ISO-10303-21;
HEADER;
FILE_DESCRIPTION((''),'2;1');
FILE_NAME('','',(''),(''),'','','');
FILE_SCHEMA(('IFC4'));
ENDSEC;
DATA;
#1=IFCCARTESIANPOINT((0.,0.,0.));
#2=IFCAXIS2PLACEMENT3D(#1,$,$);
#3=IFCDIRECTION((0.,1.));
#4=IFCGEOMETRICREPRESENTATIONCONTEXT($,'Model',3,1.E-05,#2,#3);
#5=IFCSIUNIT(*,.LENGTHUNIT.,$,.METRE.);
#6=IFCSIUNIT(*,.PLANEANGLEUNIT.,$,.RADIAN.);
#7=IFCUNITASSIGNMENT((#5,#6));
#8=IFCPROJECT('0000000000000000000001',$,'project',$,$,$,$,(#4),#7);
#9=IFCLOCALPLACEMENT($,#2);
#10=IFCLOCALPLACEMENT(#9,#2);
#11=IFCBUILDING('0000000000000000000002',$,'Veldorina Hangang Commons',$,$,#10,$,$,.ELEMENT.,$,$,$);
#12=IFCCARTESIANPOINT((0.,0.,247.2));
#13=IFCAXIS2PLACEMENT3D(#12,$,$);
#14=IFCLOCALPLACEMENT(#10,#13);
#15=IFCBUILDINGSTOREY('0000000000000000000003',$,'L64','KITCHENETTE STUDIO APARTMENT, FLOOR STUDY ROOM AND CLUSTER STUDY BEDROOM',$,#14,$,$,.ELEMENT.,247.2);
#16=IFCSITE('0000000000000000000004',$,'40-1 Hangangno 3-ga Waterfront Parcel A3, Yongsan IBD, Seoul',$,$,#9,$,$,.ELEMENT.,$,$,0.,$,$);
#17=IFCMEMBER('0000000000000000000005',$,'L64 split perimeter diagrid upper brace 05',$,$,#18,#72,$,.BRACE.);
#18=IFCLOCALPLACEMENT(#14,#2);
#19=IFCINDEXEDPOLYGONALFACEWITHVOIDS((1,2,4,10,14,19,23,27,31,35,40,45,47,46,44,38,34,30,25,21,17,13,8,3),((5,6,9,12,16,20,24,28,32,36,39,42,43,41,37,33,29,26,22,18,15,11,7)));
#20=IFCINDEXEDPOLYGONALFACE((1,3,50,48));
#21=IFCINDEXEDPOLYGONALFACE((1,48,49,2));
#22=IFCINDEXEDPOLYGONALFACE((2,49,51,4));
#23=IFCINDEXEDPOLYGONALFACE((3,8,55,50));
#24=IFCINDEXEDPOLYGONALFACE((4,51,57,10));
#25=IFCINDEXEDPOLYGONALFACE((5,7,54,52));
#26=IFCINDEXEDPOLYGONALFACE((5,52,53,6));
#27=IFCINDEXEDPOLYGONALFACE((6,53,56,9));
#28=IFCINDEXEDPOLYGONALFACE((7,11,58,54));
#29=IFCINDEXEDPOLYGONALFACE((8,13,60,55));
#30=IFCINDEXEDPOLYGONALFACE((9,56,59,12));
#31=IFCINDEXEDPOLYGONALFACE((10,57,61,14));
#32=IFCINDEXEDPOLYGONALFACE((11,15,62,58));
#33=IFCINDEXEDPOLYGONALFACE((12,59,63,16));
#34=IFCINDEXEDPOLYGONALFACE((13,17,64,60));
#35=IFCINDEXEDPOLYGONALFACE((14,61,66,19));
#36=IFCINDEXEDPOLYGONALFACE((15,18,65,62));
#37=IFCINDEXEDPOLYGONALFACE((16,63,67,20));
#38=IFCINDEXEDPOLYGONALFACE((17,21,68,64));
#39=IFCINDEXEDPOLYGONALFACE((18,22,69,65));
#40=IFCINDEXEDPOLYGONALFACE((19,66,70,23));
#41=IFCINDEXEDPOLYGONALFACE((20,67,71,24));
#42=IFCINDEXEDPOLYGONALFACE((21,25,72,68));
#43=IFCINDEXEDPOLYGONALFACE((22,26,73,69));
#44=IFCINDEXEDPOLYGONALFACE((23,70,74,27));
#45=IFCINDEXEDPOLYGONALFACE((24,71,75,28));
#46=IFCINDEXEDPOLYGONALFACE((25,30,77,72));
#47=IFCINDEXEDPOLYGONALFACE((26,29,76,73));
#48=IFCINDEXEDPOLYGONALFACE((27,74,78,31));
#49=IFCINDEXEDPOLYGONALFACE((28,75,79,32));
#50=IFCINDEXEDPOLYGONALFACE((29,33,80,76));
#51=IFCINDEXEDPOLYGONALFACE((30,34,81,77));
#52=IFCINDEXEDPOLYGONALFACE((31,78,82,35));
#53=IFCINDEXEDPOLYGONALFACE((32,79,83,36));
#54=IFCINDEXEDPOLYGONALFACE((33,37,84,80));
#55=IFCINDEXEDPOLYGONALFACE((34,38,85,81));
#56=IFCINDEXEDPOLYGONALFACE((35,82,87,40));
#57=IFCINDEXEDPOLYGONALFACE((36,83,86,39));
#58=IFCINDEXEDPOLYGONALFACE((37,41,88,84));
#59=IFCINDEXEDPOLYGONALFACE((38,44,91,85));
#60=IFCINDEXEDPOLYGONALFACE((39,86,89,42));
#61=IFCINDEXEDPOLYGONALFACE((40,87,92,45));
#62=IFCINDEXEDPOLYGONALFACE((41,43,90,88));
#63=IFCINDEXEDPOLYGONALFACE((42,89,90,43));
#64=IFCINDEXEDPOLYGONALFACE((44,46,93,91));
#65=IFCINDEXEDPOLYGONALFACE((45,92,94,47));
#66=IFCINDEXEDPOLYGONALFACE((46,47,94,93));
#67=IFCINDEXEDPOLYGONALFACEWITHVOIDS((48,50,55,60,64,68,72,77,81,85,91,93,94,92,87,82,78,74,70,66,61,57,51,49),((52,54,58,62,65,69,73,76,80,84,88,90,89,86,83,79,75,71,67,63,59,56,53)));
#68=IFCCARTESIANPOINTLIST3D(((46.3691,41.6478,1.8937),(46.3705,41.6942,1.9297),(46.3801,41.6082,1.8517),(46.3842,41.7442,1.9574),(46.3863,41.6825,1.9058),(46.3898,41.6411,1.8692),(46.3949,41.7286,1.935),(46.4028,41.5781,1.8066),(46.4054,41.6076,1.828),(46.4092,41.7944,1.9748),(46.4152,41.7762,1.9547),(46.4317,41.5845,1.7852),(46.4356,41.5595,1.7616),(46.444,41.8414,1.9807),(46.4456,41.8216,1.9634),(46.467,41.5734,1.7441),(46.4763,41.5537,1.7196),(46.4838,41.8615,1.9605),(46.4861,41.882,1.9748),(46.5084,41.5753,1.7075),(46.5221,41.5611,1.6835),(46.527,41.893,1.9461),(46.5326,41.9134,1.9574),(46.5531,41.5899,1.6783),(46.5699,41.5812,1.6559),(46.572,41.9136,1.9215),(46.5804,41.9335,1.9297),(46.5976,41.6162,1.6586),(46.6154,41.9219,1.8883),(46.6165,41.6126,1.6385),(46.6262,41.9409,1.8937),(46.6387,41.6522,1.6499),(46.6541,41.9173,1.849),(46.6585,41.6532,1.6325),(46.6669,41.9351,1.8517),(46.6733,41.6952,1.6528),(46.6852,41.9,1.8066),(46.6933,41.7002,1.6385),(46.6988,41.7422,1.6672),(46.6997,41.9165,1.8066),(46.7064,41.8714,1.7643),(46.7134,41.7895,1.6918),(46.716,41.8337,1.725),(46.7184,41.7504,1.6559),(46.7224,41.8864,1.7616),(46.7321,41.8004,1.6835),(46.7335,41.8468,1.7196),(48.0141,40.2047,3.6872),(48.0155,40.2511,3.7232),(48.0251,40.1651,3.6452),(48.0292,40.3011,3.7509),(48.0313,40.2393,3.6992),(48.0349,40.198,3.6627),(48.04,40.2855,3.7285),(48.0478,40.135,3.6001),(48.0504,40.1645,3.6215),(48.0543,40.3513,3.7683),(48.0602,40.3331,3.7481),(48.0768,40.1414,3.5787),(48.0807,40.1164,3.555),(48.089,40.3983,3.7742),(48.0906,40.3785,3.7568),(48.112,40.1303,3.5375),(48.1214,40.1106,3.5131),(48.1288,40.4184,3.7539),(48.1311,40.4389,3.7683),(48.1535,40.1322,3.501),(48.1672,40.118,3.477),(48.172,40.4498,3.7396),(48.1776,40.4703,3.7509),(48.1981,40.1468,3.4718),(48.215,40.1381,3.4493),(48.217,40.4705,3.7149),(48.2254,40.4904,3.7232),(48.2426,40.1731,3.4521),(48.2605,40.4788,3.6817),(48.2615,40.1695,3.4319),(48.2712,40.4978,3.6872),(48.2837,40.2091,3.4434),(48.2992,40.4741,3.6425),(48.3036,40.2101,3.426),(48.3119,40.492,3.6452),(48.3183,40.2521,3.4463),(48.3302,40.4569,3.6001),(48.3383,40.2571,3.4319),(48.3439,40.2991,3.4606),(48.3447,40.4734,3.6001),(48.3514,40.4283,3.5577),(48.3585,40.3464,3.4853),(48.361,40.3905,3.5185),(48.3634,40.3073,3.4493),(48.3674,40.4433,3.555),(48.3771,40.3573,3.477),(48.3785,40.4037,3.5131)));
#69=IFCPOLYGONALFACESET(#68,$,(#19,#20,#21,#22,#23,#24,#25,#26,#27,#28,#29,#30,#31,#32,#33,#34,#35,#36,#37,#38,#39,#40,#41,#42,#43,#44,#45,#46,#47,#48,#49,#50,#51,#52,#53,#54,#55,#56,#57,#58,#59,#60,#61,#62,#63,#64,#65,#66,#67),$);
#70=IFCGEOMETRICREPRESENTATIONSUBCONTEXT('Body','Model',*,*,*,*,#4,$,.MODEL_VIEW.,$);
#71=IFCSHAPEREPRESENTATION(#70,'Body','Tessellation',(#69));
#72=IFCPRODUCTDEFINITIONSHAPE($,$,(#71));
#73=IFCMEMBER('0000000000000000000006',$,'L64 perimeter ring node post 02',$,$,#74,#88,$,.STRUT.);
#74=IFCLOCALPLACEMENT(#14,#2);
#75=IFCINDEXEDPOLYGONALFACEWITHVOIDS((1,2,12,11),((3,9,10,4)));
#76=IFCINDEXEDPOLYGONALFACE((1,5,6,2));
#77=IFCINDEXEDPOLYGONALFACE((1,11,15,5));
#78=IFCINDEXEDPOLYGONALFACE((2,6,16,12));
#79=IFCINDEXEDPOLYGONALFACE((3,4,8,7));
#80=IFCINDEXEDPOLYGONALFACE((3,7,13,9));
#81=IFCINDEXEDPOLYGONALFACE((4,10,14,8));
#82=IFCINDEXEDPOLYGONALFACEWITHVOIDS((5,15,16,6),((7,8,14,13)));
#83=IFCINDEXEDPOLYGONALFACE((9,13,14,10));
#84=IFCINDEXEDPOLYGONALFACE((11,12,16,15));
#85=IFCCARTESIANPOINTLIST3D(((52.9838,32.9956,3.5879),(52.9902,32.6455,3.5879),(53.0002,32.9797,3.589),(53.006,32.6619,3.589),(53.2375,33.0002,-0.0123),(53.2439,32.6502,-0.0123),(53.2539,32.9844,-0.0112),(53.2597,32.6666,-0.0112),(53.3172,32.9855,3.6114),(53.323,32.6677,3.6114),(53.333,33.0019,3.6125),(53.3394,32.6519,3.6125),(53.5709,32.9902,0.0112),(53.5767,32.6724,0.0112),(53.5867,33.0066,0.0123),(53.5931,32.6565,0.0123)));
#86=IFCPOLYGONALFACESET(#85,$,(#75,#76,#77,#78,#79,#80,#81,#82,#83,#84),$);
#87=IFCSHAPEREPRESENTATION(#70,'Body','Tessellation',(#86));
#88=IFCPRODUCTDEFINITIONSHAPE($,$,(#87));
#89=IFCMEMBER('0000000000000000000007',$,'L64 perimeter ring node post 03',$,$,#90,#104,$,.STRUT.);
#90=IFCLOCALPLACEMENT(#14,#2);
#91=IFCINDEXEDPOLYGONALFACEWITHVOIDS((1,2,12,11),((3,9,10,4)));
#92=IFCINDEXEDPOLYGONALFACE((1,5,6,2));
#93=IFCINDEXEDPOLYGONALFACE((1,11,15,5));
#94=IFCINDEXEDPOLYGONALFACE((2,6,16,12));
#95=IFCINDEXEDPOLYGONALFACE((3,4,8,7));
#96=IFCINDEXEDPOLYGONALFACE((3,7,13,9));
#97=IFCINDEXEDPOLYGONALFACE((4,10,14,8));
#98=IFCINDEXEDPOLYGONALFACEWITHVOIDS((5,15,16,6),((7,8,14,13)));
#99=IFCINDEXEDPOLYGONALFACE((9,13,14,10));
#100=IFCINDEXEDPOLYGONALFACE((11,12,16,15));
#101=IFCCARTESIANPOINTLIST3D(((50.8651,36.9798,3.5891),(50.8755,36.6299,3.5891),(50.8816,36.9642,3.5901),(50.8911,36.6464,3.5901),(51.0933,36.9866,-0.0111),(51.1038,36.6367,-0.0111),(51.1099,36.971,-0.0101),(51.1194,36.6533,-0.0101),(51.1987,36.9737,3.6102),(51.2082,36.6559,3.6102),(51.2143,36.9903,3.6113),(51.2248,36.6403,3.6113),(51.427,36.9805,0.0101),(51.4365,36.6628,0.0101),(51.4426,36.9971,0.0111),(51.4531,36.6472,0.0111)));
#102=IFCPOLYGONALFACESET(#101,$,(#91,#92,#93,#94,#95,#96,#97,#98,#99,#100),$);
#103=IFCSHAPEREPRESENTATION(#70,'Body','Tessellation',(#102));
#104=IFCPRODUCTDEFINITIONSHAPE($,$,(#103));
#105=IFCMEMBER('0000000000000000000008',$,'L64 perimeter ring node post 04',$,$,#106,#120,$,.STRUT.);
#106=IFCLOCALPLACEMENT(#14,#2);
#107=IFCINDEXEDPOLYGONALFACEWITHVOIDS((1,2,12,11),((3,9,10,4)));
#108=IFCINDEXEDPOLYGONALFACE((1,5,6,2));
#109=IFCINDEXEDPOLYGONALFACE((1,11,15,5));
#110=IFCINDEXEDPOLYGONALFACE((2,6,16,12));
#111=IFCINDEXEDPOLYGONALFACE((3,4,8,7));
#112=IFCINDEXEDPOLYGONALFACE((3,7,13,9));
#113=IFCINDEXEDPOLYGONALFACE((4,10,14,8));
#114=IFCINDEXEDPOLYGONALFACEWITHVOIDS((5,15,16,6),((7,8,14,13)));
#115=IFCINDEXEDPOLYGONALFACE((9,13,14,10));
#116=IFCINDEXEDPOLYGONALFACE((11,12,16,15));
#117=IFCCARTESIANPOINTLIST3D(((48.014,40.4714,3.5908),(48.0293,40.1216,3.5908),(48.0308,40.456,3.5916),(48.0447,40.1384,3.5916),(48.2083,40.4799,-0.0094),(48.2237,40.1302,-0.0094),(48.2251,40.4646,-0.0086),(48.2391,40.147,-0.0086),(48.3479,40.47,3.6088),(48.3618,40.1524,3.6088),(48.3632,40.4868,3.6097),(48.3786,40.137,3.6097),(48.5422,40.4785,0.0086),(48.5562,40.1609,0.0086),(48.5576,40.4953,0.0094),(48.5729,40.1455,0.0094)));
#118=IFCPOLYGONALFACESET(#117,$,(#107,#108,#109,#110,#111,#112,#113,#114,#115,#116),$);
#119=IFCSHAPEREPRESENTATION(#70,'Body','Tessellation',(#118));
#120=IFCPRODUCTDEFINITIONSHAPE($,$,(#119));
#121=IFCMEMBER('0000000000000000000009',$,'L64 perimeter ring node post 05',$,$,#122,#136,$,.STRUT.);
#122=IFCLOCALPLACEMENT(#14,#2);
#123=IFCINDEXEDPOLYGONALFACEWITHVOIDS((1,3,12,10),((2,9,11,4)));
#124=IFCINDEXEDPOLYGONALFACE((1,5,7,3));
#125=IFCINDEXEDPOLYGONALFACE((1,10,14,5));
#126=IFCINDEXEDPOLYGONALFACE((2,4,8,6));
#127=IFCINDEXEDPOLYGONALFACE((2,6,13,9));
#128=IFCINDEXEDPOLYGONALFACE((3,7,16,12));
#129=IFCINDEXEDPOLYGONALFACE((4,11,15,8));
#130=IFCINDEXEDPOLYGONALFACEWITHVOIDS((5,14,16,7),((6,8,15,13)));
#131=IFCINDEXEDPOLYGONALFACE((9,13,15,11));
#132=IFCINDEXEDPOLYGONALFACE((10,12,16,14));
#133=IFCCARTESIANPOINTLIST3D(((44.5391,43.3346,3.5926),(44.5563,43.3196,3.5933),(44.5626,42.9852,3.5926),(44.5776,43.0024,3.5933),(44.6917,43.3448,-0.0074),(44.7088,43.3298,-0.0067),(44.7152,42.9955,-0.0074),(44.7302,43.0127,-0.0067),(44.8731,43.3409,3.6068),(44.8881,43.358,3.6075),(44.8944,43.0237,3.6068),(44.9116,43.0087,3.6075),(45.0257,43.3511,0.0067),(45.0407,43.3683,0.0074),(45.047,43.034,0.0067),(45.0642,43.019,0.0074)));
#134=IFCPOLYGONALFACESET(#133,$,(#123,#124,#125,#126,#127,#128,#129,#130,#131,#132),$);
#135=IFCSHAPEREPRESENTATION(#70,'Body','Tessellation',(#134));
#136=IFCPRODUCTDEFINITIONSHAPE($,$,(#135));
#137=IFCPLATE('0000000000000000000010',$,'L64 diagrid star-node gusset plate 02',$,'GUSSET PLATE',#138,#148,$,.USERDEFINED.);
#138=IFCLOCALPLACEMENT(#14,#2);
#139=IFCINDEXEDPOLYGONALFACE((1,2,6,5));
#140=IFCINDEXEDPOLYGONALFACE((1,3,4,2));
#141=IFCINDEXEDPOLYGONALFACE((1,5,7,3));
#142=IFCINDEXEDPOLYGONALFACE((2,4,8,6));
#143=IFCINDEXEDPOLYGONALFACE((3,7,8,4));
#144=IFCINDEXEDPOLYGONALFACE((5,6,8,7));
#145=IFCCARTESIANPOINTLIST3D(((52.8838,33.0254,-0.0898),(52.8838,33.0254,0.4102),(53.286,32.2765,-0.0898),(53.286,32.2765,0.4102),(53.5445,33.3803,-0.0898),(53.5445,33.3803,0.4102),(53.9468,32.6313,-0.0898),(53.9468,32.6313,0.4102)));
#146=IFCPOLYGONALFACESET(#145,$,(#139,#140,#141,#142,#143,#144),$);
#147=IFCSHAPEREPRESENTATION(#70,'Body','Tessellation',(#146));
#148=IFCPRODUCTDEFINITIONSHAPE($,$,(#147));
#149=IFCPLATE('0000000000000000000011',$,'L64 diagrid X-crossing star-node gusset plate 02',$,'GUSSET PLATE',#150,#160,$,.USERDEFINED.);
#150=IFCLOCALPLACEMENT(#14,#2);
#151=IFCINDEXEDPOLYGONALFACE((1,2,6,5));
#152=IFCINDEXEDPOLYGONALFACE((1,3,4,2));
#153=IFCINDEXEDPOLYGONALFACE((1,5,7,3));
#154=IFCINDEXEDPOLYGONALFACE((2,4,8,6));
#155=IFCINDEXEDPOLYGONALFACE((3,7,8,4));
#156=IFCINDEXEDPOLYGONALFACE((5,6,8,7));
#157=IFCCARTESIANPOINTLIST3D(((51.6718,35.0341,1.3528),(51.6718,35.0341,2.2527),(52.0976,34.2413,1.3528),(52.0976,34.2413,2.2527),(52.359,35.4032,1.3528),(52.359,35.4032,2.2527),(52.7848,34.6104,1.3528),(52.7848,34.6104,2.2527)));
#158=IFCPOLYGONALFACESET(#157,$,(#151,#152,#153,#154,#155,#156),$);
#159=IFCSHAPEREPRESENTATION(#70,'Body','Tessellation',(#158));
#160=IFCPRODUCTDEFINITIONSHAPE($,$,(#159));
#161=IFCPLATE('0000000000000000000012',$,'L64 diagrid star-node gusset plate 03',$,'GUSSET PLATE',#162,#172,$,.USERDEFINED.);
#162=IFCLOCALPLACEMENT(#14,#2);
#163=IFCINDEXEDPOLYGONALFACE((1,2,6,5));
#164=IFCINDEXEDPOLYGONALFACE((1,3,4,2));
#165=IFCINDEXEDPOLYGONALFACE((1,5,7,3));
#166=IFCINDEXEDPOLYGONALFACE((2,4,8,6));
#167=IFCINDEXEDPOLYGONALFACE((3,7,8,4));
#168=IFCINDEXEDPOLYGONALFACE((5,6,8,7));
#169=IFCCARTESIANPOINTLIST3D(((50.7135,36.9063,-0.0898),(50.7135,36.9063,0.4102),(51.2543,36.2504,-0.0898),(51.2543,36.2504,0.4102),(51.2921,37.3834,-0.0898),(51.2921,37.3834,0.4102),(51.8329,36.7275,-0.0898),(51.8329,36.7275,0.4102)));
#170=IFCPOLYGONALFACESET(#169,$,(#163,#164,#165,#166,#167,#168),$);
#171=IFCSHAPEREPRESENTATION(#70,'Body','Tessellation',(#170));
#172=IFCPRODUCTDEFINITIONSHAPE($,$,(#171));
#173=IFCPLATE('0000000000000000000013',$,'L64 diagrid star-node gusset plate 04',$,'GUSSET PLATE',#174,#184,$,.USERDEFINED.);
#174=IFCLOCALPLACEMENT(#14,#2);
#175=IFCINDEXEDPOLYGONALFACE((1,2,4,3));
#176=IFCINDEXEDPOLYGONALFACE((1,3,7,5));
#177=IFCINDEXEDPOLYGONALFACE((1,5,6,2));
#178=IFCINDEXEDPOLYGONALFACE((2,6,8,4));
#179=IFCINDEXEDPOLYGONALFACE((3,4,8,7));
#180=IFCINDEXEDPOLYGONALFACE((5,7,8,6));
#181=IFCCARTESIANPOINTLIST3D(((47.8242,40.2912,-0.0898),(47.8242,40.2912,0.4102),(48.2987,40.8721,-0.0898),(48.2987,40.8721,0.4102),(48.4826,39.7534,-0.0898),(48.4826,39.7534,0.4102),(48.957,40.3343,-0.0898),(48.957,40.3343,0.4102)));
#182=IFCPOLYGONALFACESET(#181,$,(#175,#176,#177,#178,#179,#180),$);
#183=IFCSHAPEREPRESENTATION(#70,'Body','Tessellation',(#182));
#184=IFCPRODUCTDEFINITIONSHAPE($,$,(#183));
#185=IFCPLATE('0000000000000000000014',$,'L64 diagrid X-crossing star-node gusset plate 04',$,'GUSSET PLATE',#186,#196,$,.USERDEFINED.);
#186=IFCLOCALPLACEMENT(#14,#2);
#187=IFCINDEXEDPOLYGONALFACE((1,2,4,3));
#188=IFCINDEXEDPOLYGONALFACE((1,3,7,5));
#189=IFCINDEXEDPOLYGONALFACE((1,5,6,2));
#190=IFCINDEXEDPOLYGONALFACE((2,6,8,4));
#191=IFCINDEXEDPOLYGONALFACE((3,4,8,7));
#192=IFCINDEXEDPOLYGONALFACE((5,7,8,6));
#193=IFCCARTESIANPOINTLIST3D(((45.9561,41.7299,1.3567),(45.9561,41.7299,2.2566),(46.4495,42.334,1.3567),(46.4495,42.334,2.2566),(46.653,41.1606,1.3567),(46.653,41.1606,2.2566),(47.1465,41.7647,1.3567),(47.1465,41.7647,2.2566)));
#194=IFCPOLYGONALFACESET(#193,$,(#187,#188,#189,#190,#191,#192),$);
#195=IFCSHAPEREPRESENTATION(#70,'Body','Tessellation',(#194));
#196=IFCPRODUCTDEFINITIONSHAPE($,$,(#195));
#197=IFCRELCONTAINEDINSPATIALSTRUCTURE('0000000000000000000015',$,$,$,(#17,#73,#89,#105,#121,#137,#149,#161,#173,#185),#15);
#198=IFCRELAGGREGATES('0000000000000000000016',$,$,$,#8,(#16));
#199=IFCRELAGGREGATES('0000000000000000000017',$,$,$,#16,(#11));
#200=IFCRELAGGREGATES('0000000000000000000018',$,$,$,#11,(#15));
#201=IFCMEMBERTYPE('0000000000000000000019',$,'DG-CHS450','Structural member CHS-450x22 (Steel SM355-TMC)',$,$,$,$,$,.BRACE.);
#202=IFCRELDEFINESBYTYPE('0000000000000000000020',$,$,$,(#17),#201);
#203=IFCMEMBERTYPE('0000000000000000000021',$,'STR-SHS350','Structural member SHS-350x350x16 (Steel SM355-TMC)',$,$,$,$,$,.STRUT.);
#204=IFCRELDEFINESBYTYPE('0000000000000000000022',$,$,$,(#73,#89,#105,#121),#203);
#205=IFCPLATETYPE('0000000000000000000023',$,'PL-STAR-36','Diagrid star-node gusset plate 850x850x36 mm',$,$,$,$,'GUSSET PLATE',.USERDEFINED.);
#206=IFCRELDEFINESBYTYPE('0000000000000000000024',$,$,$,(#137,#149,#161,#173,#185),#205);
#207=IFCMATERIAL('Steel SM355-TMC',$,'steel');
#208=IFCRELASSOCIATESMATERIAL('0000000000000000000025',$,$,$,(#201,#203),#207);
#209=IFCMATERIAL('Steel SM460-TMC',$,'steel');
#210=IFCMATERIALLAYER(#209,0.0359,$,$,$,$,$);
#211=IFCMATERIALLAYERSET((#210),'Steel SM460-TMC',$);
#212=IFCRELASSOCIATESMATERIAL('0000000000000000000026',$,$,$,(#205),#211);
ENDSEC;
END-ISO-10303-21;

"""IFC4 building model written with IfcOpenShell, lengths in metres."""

from ifc_helpers import new_model, si_unit, direction, frame, origin, origin_2d, place, context, subcontext, project, spatial, rectangle, hollow_rectangle, hollow_circle, extrude, material, layer, layer_set, material_profile, profile_set, type_object, element, save


model = new_model("IFC4")

# Units and contexts
model_context = context("Model", 3, precision=1e-05, world=origin(), true_north=direction((0.0, 1.0)))
body_context = subcontext(model_context, "Body", "Model", "MODEL_VIEW")
ifc_project = project(units=[si_unit("LENGTHUNIT", "METRE"), si_unit("PLANEANGLEUNIT", "RADIAN")], contexts=[model_context])

# Site, building, storey
site_placement = place(None, origin())
site = spatial("IfcSite", under=ifc_project, at=site_placement, Name="40-1 Hangangno 3-ga Waterfront Parcel A3, Yongsan IBD, Seoul", CompositionType="ELEMENT", RefElevation=0.0)
building_placement = place(site_placement, origin())
building = spatial("IfcBuilding", under=site, at=building_placement, Name="Veldorina Hangang Commons", CompositionType="ELEMENT")
storey_placement = place(building_placement, frame((0.0, 0.0, 247.2)))
storey = spatial("IfcBuildingStorey", under=building, at=storey_placement, Name="L64", Description="KITCHENETTE STUDIO APARTMENT, FLOOR STUDY ROOM AND CLUSTER STUDY BEDROOM", CompositionType="ELEMENT", Elevation=247.2)

# Shared definitions
ifc_material_1 = material(Name="Steel SM355-TMC", Category="steel")

# Members
ifc_material_profile_1 = material_profile(ifc_material_1, hollow_circle(Radius=0.2251, WallThickness=0.022, at=origin_2d()), Name="CHS-450x22")
ifc_profile_set_1 = profile_set([ifc_material_profile_1], Name="Steel SM355-TMC")
member_type_1 = type_object("IfcMemberType", Name="DG-CHS450", Description="Structural member CHS-450x22 (Steel SM355-TMC)", PredefinedType="BRACE", material=ifc_profile_set_1)
member_1_placement = place(storey_placement, frame((46.5513, 41.7473, 1.8066), z_axis=(0.581415, -0.510054, 0.633878), x_axis=(0.659468, 0.751733, 0.0)))
element("IfcMember", 1, at=member_1_placement, inside=storey, type_object=member_type_1, Name="L64 split perimeter diagrid upper brace 05", PredefinedType="BRACE", context=body_context, shape_type="SweptSolid", body=[
    extrude(hollow_circle(Radius=0.2251, WallThickness=0.022, at=origin_2d()), origin(), (0.0, 0.0, 1.0), 2.8293),
])
ifc_material_profile_2 = material_profile(ifc_material_1, hollow_rectangle(XDim=0.3501, YDim=0.3501, WallThickness=0.0161, at=origin_2d()), Name="SHS-350x350x16")
ifc_profile_set_2 = profile_set([ifc_material_profile_2], Name="Steel SM355-TMC")
member_type_2 = type_object("IfcMemberType", Name="STR-SHS350", Description="Structural member SHS-350x350x16 (Steel SM355-TMC)", PredefinedType="STRUT", material=ifc_profile_set_2)
member_2_placement = place(storey_placement, frame((53.4153, 32.8284, 0.0), z_axis=(-0.070285, -0.001285, 0.997526), x_axis=(0.018284, -0.999833, 0.0)))
element("IfcMember", 2, at=member_2_placement, inside=storey, type_object=member_type_2, Name="L64 perimeter ring node post 02", PredefinedType="STRUT", context=body_context, shape_type="SweptSolid", body=[
    extrude(hollow_rectangle(XDim=0.3501, YDim=0.3501, WallThickness=0.0161, at=origin_2d()), origin(), (0.0, 0.0, 1.0), 3.6091),
])
member_3_placement = place(storey_placement, frame((51.2732, 36.8169, 0.0), z_axis=(-0.06328, -0.001895, 0.997994), x_axis=(0.029933, -0.999552, 0.0)))
element("IfcMember", 3, at=member_3_placement, inside=storey, type_object=member_type_2, Name="L64 perimeter ring node post 03", PredefinedType="STRUT", context=body_context, shape_type="SweptSolid", body=[
    extrude(hollow_rectangle(XDim=0.3501, YDim=0.3501, WallThickness=0.0161, at=origin_2d()), origin(), (0.0, 0.0, 1.0), 3.6074),
])
member_4_placement = place(storey_placement, frame((48.3906, 40.3127, 0.0), z_axis=(-0.053902, -0.00237, 0.998543), x_axis=(0.043927, -0.999035, 0.0)))
element("IfcMember", 4, at=member_4_placement, inside=storey, type_object=member_type_2, Name="L64 perimeter ring node post 04", PredefinedType="STRUT", context=body_context, shape_type="SweptSolid", body=[
    extrude(hollow_rectangle(XDim=0.3501, YDim=0.3501, WallThickness=0.0161, at=origin_2d()), origin(), (0.0, 0.0, 1.0), 3.6055),
])
member_5_placement = place(storey_placement, frame((44.8779, 43.1819, 0.0), z_axis=(-0.042346, -0.002846, 0.999099), x_axis=(0.067049, -0.99775, 0.0)))
element("IfcMember", 5, at=member_5_placement, inside=storey, type_object=member_type_2, Name="L64 perimeter ring node post 05", PredefinedType="STRUT", context=body_context, shape_type="SweptSolid", body=[
    extrude(hollow_rectangle(XDim=0.3501, YDim=0.3501, WallThickness=0.0161, at=origin_2d()), origin(), (0.0, 0.0, 1.0), 3.6033),
])

# Plates
ifc_material_2 = material(Name="Steel SM460-TMC", Category="steel")
ifc_layer_1 = layer(ifc_material_2, 0.0359)
ifc_layer_set_1 = layer_set([ifc_layer_1], Name="Steel SM460-TMC")
plate_type = type_object("IfcPlateType", Name="PL-STAR-36", Description="Diagrid star-node gusset plate 850x850x36 mm", ElementType="GUSSET PLATE", PredefinedType="USERDEFINED", material=ifc_layer_set_1)
plate_1_placement = place(storey_placement, frame((53.4153, 32.8284, -0.0898), z_axis=(0.0, 0.0, 1.0), x_axis=(-0.473135, 0.88099, 0.0)))
element("IfcPlate", 6, at=plate_1_placement, inside=storey, type_object=plate_type, Name="L64 diagrid star-node gusset plate 02", ObjectType="GUSSET PLATE", PredefinedType="USERDEFINED", context=body_context, shape_type="SweptSolid", body=[
    extrude(rectangle(XDim=0.8501, YDim=0.75, at=origin_2d()), origin(), (0.0, 0.0, 1.0), 0.5),
])
plate_2_placement = place(storey_placement, frame((52.2283, 34.8223, 1.3528), z_axis=(0.0, 0.0, 1.0), x_axis=(-0.473135, 0.88099, 0.0)))
element("IfcPlate", 7, at=plate_2_placement, inside=storey, type_object=plate_type, Name="L64 diagrid X-crossing star-node gusset plate 02", ObjectType="GUSSET PLATE", PredefinedType="USERDEFINED", context=body_context, shape_type="SweptSolid", body=[
    extrude(rectangle(XDim=0.8999, YDim=0.78, at=origin_2d()), origin(), (0.0, 0.0, 1.0), 0.8999),
])
for number, where, z_axis, x_axis, name in (
    (8, (51.2732, 36.8169, -0.0898), (0.0, 0.0, 1.0), (-0.636199, 0.771525, 0.0), "L64 diagrid star-node gusset plate 03"),
    (9, (48.3906, 40.3127, -0.0898), (0.0, 0.0, 1.0), (-0.774481, 0.632597, 0.0), "L64 diagrid star-node gusset plate 04"),
):
    element("IfcPlate", number, at=place(storey_placement, frame(where, z_axis=z_axis, x_axis=x_axis)), inside=storey, type_object=plate_type, Name=name, ObjectType="GUSSET PLATE", PredefinedType="USERDEFINED", context=body_context, shape_type="SweptSolid", body=[
        extrude(rectangle(XDim=0.8501, YDim=0.75, at=origin_2d()), origin(), (0.0, 0.0, 1.0), 0.5),
    ])
plate_3_placement = place(storey_placement, frame((46.5513, 41.7473, 1.3567), z_axis=(0.0, 0.0, 1.0), x_axis=(-0.774481, 0.632597, 0.0)))
element("IfcPlate", 10, at=plate_3_placement, inside=storey, type_object=plate_type, Name="L64 diagrid X-crossing star-node gusset plate 04", ObjectType="GUSSET PLATE", PredefinedType="USERDEFINED", context=body_context, shape_type="SweptSolid", body=[
    extrude(rectangle(XDim=0.8999, YDim=0.78, at=origin_2d()), origin(), (0.0, 0.0, 1.0), 0.8999),
])

save(model, "model.ifc")
